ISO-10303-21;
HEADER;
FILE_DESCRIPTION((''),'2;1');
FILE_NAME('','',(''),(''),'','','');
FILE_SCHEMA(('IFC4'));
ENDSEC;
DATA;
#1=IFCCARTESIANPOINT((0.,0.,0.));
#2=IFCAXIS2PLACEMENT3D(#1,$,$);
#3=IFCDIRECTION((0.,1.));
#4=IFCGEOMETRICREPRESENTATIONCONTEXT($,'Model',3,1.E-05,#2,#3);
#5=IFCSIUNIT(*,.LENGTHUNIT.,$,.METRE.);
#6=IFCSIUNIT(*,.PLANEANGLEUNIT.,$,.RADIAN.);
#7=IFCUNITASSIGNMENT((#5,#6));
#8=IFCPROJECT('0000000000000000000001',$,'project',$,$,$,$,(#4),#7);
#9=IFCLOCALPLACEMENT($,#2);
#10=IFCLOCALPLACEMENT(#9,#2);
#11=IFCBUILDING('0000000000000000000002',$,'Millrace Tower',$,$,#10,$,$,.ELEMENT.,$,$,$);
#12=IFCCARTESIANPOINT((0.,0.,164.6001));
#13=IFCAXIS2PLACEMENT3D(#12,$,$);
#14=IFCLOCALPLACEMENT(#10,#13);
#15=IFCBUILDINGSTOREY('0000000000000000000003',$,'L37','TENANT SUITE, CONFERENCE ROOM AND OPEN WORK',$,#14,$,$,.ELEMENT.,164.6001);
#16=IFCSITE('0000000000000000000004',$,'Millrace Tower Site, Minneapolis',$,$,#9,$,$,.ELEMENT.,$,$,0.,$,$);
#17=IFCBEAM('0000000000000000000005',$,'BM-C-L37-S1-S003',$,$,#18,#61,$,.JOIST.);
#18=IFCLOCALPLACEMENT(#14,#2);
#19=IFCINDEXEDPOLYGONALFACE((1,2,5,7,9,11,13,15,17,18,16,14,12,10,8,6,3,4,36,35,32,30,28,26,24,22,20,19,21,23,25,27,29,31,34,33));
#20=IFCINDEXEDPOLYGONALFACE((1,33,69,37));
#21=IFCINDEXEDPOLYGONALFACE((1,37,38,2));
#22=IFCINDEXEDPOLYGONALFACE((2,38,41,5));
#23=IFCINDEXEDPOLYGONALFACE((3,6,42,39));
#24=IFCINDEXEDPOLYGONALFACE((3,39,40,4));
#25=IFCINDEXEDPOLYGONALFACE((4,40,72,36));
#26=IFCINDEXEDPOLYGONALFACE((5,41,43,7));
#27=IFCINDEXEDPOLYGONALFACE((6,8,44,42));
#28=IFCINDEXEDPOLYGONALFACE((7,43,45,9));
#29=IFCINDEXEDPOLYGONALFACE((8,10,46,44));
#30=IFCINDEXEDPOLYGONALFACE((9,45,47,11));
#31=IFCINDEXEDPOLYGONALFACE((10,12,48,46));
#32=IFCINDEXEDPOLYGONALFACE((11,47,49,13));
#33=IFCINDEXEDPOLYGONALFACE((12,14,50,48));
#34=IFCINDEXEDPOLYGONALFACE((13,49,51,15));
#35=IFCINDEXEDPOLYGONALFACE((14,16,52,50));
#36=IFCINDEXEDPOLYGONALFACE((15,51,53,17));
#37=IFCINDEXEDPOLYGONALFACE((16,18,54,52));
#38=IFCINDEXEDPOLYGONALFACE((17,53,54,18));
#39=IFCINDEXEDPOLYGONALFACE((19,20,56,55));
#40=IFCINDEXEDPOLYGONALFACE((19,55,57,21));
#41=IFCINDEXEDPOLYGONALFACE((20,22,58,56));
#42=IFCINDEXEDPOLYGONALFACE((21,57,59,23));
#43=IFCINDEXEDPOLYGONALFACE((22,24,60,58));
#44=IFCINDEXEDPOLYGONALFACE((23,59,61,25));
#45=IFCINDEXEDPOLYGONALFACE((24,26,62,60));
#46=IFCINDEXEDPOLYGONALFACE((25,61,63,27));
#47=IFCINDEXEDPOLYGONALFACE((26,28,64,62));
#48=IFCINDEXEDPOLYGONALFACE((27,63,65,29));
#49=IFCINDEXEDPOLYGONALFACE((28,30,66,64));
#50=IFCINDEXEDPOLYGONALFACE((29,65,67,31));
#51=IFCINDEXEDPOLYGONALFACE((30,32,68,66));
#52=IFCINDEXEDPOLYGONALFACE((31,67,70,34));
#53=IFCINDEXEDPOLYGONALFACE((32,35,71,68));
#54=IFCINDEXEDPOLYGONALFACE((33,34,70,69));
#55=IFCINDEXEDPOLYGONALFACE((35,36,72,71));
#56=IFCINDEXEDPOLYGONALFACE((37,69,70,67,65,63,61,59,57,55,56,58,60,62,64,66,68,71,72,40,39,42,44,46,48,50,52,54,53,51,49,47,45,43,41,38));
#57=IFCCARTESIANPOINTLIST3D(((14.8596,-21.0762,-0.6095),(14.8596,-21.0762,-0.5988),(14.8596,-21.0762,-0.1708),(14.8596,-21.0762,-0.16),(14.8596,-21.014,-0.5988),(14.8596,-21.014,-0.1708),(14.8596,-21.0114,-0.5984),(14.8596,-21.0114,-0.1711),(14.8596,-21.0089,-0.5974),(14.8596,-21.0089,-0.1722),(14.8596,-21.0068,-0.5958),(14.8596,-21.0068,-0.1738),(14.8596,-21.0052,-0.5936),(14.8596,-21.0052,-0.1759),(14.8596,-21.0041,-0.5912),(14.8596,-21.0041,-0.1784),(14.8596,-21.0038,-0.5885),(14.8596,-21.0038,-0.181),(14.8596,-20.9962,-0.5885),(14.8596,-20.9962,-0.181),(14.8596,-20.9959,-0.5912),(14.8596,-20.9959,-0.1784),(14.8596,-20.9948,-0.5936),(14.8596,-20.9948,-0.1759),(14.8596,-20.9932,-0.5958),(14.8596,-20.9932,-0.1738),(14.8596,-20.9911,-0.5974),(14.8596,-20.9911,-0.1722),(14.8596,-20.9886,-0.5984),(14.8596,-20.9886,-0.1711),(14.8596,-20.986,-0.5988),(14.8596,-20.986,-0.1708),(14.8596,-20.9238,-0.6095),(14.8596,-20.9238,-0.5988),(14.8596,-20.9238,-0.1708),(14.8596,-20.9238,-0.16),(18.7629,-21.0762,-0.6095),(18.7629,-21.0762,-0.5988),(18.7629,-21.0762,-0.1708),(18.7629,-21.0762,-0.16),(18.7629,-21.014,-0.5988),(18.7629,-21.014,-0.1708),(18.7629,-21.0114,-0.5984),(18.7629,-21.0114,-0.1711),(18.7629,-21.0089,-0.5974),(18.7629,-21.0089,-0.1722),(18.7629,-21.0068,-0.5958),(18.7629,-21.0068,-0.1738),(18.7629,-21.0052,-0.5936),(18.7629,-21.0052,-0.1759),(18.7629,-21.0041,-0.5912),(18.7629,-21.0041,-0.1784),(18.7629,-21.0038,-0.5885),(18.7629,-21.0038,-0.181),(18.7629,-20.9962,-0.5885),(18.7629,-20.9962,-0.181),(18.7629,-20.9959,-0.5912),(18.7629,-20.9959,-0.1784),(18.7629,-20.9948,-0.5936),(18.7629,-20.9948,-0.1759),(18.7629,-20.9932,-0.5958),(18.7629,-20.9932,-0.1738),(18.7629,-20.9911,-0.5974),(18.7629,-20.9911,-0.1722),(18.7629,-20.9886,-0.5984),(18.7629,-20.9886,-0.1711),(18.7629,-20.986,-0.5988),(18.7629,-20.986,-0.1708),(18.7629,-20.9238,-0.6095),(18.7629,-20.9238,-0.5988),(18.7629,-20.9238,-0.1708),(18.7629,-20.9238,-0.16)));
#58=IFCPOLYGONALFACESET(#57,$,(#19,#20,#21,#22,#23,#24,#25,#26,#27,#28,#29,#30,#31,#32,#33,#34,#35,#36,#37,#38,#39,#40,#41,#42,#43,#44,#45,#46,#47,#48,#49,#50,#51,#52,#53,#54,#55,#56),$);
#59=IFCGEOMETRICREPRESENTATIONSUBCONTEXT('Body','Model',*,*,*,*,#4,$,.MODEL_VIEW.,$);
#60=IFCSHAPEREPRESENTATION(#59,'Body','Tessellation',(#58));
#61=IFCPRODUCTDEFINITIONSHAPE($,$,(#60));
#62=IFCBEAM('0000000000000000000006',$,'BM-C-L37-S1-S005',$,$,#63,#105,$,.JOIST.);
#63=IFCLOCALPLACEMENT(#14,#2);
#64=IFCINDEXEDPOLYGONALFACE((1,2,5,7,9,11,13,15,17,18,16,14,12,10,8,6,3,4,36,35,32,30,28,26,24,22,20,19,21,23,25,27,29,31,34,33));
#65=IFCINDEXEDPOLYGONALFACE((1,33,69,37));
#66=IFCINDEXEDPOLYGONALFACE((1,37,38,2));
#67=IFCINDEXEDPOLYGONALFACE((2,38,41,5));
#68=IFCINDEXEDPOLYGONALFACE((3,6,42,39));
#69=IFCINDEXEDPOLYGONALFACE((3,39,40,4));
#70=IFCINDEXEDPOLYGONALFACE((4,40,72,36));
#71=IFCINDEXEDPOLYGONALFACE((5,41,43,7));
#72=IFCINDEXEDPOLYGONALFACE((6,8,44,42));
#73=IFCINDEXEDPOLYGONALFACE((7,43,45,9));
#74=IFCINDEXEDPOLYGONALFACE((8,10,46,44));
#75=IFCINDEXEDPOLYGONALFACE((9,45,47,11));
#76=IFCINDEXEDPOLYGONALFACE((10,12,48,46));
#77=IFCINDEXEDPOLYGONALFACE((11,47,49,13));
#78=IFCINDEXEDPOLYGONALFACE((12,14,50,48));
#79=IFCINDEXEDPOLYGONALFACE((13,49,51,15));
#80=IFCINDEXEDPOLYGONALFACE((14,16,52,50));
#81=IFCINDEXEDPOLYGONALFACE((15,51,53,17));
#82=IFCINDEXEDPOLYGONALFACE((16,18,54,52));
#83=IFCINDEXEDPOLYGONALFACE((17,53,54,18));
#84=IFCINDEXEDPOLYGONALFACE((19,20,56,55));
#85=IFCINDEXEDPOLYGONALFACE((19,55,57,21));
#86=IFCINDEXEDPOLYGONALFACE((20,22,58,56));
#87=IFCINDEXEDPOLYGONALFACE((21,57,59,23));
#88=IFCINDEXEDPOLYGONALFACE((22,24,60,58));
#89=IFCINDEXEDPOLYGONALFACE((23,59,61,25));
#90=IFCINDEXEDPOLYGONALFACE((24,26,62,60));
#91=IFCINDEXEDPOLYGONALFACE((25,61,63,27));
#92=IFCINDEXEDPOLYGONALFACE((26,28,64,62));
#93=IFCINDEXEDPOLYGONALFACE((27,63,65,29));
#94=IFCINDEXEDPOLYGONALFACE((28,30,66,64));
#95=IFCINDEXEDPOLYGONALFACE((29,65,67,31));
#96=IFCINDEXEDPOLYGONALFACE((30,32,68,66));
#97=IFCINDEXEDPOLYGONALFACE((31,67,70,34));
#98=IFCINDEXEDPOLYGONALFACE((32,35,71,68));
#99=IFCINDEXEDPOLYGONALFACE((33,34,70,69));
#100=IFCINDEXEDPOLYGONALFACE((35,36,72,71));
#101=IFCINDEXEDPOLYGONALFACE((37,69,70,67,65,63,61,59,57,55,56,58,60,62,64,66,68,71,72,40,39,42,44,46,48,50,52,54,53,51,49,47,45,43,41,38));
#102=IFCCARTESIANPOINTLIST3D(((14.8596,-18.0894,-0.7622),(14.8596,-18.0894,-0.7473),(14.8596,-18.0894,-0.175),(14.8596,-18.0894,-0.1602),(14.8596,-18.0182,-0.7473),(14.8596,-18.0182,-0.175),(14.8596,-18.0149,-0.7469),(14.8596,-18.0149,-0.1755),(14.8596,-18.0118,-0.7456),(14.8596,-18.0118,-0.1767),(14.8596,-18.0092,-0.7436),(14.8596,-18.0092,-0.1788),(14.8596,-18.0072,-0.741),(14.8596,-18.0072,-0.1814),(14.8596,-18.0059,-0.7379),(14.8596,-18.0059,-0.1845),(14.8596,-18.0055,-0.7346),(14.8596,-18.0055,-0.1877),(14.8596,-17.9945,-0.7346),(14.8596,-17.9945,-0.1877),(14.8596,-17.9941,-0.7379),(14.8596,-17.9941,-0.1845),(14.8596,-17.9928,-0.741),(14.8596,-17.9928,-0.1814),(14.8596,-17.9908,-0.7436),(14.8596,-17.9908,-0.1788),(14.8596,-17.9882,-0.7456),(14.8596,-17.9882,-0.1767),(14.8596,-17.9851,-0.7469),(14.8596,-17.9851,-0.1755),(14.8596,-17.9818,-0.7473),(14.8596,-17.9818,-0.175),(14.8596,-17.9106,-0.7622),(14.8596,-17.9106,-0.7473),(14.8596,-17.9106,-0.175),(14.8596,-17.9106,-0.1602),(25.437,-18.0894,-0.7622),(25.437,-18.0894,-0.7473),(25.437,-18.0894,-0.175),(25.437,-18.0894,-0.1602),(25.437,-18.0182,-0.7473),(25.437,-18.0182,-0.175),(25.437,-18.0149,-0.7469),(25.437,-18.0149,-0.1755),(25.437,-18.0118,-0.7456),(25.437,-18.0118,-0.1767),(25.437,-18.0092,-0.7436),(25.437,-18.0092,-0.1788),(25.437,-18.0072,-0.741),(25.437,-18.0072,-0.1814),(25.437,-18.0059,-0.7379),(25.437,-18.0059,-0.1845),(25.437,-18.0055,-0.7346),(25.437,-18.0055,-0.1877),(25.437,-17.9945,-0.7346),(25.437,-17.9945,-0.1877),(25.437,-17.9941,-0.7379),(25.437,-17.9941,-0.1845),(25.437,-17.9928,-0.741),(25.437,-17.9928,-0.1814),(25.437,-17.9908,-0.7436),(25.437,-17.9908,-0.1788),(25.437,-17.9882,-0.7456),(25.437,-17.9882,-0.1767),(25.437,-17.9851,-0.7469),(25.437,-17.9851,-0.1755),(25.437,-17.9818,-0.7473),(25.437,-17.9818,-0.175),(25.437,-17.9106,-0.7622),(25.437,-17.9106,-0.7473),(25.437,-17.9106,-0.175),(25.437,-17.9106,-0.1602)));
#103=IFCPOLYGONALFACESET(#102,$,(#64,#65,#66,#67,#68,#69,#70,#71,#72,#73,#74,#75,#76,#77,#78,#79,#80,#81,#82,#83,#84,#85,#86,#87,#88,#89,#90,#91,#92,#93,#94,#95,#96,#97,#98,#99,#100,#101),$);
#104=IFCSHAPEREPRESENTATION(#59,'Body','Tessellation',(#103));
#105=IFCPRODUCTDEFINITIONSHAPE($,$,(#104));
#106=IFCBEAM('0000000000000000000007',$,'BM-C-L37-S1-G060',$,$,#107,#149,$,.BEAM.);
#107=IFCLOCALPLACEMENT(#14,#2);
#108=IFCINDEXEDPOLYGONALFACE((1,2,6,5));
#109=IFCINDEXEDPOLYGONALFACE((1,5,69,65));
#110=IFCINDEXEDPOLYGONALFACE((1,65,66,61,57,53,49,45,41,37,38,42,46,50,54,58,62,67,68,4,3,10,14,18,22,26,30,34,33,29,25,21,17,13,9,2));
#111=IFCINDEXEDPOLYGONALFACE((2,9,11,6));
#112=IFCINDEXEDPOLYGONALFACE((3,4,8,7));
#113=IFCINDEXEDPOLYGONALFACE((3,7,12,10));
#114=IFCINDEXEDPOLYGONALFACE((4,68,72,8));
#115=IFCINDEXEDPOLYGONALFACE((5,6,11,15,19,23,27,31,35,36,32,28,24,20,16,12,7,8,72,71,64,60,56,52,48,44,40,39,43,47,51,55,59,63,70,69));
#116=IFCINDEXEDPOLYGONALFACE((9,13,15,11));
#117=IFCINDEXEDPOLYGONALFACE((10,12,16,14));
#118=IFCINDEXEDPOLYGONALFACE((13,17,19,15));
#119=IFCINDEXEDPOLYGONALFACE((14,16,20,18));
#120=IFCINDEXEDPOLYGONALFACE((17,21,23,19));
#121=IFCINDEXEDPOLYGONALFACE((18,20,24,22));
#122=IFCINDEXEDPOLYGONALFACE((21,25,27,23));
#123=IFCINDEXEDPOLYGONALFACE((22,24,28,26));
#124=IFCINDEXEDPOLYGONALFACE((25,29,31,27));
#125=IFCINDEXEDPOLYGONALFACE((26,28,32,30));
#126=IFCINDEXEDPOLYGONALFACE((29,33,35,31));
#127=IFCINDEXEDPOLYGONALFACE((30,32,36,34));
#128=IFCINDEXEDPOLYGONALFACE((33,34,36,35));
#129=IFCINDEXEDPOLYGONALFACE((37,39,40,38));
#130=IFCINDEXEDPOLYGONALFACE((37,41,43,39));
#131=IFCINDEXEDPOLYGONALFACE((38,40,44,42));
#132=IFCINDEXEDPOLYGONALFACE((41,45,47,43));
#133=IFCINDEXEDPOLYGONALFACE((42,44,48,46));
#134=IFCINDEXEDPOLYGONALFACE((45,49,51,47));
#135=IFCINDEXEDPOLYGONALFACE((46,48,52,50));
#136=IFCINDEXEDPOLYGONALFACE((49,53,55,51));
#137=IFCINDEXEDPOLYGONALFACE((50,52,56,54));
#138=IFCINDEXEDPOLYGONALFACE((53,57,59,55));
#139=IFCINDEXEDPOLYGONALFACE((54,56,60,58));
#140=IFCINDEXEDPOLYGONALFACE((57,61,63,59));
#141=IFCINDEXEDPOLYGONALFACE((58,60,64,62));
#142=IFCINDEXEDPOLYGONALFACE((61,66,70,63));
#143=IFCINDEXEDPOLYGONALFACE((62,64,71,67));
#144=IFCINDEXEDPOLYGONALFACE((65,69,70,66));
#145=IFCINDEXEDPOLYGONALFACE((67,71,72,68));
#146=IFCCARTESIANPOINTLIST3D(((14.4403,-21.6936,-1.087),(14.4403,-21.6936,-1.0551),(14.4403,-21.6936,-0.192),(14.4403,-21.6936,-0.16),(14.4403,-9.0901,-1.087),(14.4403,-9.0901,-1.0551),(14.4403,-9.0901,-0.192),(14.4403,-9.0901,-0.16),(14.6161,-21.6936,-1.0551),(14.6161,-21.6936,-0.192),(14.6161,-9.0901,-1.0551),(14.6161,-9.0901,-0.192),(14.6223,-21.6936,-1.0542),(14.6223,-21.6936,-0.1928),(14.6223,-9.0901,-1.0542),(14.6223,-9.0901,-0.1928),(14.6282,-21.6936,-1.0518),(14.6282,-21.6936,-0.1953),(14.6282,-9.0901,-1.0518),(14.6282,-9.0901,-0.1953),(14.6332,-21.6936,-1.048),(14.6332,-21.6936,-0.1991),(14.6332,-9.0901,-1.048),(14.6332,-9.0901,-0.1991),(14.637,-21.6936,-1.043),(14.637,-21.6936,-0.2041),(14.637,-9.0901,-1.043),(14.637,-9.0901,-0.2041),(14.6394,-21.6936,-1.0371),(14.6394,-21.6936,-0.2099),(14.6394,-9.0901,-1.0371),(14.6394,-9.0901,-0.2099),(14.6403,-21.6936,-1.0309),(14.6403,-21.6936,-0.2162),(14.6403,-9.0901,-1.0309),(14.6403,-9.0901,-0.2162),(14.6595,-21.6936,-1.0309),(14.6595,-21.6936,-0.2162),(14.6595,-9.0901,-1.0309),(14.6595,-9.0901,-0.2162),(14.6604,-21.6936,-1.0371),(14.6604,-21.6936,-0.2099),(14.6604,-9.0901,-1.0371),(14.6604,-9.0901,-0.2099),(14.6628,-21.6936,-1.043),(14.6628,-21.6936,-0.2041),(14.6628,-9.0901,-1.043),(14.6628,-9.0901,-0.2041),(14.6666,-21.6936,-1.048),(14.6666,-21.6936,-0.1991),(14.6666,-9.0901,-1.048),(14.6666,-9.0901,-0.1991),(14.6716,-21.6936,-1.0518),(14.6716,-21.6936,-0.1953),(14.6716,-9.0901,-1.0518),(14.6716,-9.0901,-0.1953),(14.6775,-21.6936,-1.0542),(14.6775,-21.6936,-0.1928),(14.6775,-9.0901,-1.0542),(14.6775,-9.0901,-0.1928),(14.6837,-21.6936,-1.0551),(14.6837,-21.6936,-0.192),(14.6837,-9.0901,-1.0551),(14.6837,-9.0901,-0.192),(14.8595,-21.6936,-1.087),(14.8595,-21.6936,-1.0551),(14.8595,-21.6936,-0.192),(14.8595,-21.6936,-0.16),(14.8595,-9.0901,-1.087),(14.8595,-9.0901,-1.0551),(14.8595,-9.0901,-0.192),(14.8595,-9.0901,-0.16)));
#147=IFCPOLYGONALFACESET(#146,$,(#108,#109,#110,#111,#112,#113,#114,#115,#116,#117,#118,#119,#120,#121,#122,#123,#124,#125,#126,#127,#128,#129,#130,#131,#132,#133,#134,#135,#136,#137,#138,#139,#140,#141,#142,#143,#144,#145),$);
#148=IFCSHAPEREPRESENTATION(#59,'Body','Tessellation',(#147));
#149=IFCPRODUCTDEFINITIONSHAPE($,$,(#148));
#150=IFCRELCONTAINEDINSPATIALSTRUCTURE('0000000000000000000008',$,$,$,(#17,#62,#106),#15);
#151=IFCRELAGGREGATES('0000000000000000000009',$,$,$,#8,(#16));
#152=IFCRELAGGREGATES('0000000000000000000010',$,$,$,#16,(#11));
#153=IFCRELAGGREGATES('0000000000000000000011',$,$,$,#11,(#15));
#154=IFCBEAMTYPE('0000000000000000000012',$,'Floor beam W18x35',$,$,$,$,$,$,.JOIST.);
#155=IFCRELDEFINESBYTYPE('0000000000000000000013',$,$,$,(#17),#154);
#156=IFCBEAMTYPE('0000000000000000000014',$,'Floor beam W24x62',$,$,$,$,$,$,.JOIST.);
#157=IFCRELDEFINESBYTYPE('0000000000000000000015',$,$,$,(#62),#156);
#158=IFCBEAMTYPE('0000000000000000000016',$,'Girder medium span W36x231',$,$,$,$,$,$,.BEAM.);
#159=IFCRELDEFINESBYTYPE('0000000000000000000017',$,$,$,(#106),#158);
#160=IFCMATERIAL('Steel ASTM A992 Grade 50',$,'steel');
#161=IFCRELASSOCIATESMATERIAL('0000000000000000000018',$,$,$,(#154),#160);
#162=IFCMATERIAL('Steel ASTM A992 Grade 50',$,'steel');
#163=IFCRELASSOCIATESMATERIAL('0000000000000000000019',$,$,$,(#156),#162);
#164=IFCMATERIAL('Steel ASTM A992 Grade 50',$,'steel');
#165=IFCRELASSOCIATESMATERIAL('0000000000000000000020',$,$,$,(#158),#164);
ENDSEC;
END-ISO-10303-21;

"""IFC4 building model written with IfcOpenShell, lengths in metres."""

from ifc_helpers import new_model, si_unit, direction, frame, origin, origin_2d, place, context, subcontext, project, spatial, i_section, extrude, material, material_profile, profile_set, type_object, element, save


model = new_model("IFC4")

# Units and contexts
model_context = context("Model", 3, precision=1e-05, world=origin(), true_north=direction((0.0, 1.0)))
body_context = subcontext(model_context, "Body", "Model", "MODEL_VIEW")
ifc_project = project(units=[si_unit("LENGTHUNIT", "METRE"), si_unit("PLANEANGLEUNIT", "RADIAN")], contexts=[model_context])

# Site, building, storey
site_placement = place(None, origin())
site = spatial("IfcSite", under=ifc_project, at=site_placement, Name="Millrace Tower Site, Minneapolis", CompositionType="ELEMENT", RefElevation=0.0)
building_placement = place(site_placement, origin())
building = spatial("IfcBuilding", under=site, at=building_placement, Name="Millrace Tower", CompositionType="ELEMENT")
storey_placement = place(building_placement, frame((0.0, 0.0, 164.6001)))
storey = spatial("IfcBuildingStorey", under=building, at=storey_placement, Name="L37", Description="TENANT SUITE, CONFERENCE ROOM AND OPEN WORK", CompositionType="ELEMENT", Elevation=164.6001)

# Beams
ifc_material_1 = material(Name="Steel ASTM A992 Grade 50", Category="steel")
ifc_material_profile_1 = material_profile(ifc_material_1, i_section(OverallWidth=0.1523, OverallDepth=0.4495, WebThickness=0.0076, FlangeThickness=0.0107, FilletRadius=0.0103, at=origin_2d()))
ifc_profile_set_1 = profile_set([ifc_material_profile_1], Name="Steel ASTM A992 Grade 50")
beam_type_1 = type_object("IfcBeamType", Name="Floor beam W18x35", PredefinedType="JOIST", material=ifc_profile_set_1)
beam_1_placement = place(storey_placement, frame((14.8596, -21.0, -0.3848), z_axis=(1.0, 0.0, 0.0), x_axis=(0.0, 1.0, 0.0)))
element("IfcBeam", 1, at=beam_1_placement, inside=storey, type_object=beam_type_1, Name="BM-C-L37-S1-S003", PredefinedType="JOIST", context=body_context, shape_type="SweptSolid", body=[
    extrude(i_section(OverallWidth=0.1523, OverallDepth=0.4495, WebThickness=0.0076, FlangeThickness=0.0107, FilletRadius=0.0103, at=origin_2d()), origin(), (0.0, 0.0, 1.0), 3.9033),
])
ifc_material_2 = material(Name="Steel ASTM A992 Grade 50", Category="steel")
ifc_material_profile_2 = material_profile(ifc_material_2, i_section(OverallWidth=0.1787, OverallDepth=0.6021, WebThickness=0.011, FlangeThickness=0.0149, FilletRadius=0.0127, at=origin_2d()))
ifc_profile_set_2 = profile_set([ifc_material_profile_2], Name="Steel ASTM A992 Grade 50")
beam_type_2 = type_object("IfcBeamType", Name="Floor beam W24x62", PredefinedType="JOIST", material=ifc_profile_set_2)
beam_2_placement = place(storey_placement, frame((14.8596, -18.0, -0.4612), z_axis=(1.0, 0.0, 0.0), x_axis=(0.0, 1.0, 0.0)))
element("IfcBeam", 2, at=beam_2_placement, inside=storey, type_object=beam_type_2, Name="BM-C-L37-S1-S005", PredefinedType="JOIST", context=body_context, shape_type="SweptSolid", body=[
    extrude(i_section(OverallWidth=0.1787, OverallDepth=0.6021, WebThickness=0.011, FlangeThickness=0.0149, FilletRadius=0.0127, at=origin_2d()), origin(), (0.0, 0.0, 1.0), 10.5774),
])
ifc_material_3 = material(Name="Steel ASTM A992 Grade 50", Category="steel")
ifc_material_profile_3 = material_profile(ifc_material_3, i_section(OverallWidth=0.4192, OverallDepth=0.927, WebThickness=0.0193, FlangeThickness=0.032, FilletRadius=0.0242, at=origin_2d()))
ifc_profile_set_3 = profile_set([ifc_material_profile_3], Name="Steel ASTM A992 Grade 50")
beam_type_3 = type_object("IfcBeamType", Name="Girder medium span W36x231", PredefinedType="BEAM", material=ifc_profile_set_3)
beam_3_placement = place(storey_placement, frame((14.6499, -21.6936, -0.6235), z_axis=(0.0, 1.0, 0.0), x_axis=(-1.0, 0.0, 0.0)))
element("IfcBeam", 3, at=beam_3_placement, inside=storey, type_object=beam_type_3, Name="BM-C-L37-S1-G060", PredefinedType="BEAM", context=body_context, shape_type="SweptSolid", body=[
    extrude(i_section(OverallWidth=0.4192, OverallDepth=0.927, WebThickness=0.0193, FlangeThickness=0.032, FilletRadius=0.0242, at=origin_2d()), origin(), (0.0, 0.0, 1.0), 12.6035),
])

save(model, "model.ifc")
